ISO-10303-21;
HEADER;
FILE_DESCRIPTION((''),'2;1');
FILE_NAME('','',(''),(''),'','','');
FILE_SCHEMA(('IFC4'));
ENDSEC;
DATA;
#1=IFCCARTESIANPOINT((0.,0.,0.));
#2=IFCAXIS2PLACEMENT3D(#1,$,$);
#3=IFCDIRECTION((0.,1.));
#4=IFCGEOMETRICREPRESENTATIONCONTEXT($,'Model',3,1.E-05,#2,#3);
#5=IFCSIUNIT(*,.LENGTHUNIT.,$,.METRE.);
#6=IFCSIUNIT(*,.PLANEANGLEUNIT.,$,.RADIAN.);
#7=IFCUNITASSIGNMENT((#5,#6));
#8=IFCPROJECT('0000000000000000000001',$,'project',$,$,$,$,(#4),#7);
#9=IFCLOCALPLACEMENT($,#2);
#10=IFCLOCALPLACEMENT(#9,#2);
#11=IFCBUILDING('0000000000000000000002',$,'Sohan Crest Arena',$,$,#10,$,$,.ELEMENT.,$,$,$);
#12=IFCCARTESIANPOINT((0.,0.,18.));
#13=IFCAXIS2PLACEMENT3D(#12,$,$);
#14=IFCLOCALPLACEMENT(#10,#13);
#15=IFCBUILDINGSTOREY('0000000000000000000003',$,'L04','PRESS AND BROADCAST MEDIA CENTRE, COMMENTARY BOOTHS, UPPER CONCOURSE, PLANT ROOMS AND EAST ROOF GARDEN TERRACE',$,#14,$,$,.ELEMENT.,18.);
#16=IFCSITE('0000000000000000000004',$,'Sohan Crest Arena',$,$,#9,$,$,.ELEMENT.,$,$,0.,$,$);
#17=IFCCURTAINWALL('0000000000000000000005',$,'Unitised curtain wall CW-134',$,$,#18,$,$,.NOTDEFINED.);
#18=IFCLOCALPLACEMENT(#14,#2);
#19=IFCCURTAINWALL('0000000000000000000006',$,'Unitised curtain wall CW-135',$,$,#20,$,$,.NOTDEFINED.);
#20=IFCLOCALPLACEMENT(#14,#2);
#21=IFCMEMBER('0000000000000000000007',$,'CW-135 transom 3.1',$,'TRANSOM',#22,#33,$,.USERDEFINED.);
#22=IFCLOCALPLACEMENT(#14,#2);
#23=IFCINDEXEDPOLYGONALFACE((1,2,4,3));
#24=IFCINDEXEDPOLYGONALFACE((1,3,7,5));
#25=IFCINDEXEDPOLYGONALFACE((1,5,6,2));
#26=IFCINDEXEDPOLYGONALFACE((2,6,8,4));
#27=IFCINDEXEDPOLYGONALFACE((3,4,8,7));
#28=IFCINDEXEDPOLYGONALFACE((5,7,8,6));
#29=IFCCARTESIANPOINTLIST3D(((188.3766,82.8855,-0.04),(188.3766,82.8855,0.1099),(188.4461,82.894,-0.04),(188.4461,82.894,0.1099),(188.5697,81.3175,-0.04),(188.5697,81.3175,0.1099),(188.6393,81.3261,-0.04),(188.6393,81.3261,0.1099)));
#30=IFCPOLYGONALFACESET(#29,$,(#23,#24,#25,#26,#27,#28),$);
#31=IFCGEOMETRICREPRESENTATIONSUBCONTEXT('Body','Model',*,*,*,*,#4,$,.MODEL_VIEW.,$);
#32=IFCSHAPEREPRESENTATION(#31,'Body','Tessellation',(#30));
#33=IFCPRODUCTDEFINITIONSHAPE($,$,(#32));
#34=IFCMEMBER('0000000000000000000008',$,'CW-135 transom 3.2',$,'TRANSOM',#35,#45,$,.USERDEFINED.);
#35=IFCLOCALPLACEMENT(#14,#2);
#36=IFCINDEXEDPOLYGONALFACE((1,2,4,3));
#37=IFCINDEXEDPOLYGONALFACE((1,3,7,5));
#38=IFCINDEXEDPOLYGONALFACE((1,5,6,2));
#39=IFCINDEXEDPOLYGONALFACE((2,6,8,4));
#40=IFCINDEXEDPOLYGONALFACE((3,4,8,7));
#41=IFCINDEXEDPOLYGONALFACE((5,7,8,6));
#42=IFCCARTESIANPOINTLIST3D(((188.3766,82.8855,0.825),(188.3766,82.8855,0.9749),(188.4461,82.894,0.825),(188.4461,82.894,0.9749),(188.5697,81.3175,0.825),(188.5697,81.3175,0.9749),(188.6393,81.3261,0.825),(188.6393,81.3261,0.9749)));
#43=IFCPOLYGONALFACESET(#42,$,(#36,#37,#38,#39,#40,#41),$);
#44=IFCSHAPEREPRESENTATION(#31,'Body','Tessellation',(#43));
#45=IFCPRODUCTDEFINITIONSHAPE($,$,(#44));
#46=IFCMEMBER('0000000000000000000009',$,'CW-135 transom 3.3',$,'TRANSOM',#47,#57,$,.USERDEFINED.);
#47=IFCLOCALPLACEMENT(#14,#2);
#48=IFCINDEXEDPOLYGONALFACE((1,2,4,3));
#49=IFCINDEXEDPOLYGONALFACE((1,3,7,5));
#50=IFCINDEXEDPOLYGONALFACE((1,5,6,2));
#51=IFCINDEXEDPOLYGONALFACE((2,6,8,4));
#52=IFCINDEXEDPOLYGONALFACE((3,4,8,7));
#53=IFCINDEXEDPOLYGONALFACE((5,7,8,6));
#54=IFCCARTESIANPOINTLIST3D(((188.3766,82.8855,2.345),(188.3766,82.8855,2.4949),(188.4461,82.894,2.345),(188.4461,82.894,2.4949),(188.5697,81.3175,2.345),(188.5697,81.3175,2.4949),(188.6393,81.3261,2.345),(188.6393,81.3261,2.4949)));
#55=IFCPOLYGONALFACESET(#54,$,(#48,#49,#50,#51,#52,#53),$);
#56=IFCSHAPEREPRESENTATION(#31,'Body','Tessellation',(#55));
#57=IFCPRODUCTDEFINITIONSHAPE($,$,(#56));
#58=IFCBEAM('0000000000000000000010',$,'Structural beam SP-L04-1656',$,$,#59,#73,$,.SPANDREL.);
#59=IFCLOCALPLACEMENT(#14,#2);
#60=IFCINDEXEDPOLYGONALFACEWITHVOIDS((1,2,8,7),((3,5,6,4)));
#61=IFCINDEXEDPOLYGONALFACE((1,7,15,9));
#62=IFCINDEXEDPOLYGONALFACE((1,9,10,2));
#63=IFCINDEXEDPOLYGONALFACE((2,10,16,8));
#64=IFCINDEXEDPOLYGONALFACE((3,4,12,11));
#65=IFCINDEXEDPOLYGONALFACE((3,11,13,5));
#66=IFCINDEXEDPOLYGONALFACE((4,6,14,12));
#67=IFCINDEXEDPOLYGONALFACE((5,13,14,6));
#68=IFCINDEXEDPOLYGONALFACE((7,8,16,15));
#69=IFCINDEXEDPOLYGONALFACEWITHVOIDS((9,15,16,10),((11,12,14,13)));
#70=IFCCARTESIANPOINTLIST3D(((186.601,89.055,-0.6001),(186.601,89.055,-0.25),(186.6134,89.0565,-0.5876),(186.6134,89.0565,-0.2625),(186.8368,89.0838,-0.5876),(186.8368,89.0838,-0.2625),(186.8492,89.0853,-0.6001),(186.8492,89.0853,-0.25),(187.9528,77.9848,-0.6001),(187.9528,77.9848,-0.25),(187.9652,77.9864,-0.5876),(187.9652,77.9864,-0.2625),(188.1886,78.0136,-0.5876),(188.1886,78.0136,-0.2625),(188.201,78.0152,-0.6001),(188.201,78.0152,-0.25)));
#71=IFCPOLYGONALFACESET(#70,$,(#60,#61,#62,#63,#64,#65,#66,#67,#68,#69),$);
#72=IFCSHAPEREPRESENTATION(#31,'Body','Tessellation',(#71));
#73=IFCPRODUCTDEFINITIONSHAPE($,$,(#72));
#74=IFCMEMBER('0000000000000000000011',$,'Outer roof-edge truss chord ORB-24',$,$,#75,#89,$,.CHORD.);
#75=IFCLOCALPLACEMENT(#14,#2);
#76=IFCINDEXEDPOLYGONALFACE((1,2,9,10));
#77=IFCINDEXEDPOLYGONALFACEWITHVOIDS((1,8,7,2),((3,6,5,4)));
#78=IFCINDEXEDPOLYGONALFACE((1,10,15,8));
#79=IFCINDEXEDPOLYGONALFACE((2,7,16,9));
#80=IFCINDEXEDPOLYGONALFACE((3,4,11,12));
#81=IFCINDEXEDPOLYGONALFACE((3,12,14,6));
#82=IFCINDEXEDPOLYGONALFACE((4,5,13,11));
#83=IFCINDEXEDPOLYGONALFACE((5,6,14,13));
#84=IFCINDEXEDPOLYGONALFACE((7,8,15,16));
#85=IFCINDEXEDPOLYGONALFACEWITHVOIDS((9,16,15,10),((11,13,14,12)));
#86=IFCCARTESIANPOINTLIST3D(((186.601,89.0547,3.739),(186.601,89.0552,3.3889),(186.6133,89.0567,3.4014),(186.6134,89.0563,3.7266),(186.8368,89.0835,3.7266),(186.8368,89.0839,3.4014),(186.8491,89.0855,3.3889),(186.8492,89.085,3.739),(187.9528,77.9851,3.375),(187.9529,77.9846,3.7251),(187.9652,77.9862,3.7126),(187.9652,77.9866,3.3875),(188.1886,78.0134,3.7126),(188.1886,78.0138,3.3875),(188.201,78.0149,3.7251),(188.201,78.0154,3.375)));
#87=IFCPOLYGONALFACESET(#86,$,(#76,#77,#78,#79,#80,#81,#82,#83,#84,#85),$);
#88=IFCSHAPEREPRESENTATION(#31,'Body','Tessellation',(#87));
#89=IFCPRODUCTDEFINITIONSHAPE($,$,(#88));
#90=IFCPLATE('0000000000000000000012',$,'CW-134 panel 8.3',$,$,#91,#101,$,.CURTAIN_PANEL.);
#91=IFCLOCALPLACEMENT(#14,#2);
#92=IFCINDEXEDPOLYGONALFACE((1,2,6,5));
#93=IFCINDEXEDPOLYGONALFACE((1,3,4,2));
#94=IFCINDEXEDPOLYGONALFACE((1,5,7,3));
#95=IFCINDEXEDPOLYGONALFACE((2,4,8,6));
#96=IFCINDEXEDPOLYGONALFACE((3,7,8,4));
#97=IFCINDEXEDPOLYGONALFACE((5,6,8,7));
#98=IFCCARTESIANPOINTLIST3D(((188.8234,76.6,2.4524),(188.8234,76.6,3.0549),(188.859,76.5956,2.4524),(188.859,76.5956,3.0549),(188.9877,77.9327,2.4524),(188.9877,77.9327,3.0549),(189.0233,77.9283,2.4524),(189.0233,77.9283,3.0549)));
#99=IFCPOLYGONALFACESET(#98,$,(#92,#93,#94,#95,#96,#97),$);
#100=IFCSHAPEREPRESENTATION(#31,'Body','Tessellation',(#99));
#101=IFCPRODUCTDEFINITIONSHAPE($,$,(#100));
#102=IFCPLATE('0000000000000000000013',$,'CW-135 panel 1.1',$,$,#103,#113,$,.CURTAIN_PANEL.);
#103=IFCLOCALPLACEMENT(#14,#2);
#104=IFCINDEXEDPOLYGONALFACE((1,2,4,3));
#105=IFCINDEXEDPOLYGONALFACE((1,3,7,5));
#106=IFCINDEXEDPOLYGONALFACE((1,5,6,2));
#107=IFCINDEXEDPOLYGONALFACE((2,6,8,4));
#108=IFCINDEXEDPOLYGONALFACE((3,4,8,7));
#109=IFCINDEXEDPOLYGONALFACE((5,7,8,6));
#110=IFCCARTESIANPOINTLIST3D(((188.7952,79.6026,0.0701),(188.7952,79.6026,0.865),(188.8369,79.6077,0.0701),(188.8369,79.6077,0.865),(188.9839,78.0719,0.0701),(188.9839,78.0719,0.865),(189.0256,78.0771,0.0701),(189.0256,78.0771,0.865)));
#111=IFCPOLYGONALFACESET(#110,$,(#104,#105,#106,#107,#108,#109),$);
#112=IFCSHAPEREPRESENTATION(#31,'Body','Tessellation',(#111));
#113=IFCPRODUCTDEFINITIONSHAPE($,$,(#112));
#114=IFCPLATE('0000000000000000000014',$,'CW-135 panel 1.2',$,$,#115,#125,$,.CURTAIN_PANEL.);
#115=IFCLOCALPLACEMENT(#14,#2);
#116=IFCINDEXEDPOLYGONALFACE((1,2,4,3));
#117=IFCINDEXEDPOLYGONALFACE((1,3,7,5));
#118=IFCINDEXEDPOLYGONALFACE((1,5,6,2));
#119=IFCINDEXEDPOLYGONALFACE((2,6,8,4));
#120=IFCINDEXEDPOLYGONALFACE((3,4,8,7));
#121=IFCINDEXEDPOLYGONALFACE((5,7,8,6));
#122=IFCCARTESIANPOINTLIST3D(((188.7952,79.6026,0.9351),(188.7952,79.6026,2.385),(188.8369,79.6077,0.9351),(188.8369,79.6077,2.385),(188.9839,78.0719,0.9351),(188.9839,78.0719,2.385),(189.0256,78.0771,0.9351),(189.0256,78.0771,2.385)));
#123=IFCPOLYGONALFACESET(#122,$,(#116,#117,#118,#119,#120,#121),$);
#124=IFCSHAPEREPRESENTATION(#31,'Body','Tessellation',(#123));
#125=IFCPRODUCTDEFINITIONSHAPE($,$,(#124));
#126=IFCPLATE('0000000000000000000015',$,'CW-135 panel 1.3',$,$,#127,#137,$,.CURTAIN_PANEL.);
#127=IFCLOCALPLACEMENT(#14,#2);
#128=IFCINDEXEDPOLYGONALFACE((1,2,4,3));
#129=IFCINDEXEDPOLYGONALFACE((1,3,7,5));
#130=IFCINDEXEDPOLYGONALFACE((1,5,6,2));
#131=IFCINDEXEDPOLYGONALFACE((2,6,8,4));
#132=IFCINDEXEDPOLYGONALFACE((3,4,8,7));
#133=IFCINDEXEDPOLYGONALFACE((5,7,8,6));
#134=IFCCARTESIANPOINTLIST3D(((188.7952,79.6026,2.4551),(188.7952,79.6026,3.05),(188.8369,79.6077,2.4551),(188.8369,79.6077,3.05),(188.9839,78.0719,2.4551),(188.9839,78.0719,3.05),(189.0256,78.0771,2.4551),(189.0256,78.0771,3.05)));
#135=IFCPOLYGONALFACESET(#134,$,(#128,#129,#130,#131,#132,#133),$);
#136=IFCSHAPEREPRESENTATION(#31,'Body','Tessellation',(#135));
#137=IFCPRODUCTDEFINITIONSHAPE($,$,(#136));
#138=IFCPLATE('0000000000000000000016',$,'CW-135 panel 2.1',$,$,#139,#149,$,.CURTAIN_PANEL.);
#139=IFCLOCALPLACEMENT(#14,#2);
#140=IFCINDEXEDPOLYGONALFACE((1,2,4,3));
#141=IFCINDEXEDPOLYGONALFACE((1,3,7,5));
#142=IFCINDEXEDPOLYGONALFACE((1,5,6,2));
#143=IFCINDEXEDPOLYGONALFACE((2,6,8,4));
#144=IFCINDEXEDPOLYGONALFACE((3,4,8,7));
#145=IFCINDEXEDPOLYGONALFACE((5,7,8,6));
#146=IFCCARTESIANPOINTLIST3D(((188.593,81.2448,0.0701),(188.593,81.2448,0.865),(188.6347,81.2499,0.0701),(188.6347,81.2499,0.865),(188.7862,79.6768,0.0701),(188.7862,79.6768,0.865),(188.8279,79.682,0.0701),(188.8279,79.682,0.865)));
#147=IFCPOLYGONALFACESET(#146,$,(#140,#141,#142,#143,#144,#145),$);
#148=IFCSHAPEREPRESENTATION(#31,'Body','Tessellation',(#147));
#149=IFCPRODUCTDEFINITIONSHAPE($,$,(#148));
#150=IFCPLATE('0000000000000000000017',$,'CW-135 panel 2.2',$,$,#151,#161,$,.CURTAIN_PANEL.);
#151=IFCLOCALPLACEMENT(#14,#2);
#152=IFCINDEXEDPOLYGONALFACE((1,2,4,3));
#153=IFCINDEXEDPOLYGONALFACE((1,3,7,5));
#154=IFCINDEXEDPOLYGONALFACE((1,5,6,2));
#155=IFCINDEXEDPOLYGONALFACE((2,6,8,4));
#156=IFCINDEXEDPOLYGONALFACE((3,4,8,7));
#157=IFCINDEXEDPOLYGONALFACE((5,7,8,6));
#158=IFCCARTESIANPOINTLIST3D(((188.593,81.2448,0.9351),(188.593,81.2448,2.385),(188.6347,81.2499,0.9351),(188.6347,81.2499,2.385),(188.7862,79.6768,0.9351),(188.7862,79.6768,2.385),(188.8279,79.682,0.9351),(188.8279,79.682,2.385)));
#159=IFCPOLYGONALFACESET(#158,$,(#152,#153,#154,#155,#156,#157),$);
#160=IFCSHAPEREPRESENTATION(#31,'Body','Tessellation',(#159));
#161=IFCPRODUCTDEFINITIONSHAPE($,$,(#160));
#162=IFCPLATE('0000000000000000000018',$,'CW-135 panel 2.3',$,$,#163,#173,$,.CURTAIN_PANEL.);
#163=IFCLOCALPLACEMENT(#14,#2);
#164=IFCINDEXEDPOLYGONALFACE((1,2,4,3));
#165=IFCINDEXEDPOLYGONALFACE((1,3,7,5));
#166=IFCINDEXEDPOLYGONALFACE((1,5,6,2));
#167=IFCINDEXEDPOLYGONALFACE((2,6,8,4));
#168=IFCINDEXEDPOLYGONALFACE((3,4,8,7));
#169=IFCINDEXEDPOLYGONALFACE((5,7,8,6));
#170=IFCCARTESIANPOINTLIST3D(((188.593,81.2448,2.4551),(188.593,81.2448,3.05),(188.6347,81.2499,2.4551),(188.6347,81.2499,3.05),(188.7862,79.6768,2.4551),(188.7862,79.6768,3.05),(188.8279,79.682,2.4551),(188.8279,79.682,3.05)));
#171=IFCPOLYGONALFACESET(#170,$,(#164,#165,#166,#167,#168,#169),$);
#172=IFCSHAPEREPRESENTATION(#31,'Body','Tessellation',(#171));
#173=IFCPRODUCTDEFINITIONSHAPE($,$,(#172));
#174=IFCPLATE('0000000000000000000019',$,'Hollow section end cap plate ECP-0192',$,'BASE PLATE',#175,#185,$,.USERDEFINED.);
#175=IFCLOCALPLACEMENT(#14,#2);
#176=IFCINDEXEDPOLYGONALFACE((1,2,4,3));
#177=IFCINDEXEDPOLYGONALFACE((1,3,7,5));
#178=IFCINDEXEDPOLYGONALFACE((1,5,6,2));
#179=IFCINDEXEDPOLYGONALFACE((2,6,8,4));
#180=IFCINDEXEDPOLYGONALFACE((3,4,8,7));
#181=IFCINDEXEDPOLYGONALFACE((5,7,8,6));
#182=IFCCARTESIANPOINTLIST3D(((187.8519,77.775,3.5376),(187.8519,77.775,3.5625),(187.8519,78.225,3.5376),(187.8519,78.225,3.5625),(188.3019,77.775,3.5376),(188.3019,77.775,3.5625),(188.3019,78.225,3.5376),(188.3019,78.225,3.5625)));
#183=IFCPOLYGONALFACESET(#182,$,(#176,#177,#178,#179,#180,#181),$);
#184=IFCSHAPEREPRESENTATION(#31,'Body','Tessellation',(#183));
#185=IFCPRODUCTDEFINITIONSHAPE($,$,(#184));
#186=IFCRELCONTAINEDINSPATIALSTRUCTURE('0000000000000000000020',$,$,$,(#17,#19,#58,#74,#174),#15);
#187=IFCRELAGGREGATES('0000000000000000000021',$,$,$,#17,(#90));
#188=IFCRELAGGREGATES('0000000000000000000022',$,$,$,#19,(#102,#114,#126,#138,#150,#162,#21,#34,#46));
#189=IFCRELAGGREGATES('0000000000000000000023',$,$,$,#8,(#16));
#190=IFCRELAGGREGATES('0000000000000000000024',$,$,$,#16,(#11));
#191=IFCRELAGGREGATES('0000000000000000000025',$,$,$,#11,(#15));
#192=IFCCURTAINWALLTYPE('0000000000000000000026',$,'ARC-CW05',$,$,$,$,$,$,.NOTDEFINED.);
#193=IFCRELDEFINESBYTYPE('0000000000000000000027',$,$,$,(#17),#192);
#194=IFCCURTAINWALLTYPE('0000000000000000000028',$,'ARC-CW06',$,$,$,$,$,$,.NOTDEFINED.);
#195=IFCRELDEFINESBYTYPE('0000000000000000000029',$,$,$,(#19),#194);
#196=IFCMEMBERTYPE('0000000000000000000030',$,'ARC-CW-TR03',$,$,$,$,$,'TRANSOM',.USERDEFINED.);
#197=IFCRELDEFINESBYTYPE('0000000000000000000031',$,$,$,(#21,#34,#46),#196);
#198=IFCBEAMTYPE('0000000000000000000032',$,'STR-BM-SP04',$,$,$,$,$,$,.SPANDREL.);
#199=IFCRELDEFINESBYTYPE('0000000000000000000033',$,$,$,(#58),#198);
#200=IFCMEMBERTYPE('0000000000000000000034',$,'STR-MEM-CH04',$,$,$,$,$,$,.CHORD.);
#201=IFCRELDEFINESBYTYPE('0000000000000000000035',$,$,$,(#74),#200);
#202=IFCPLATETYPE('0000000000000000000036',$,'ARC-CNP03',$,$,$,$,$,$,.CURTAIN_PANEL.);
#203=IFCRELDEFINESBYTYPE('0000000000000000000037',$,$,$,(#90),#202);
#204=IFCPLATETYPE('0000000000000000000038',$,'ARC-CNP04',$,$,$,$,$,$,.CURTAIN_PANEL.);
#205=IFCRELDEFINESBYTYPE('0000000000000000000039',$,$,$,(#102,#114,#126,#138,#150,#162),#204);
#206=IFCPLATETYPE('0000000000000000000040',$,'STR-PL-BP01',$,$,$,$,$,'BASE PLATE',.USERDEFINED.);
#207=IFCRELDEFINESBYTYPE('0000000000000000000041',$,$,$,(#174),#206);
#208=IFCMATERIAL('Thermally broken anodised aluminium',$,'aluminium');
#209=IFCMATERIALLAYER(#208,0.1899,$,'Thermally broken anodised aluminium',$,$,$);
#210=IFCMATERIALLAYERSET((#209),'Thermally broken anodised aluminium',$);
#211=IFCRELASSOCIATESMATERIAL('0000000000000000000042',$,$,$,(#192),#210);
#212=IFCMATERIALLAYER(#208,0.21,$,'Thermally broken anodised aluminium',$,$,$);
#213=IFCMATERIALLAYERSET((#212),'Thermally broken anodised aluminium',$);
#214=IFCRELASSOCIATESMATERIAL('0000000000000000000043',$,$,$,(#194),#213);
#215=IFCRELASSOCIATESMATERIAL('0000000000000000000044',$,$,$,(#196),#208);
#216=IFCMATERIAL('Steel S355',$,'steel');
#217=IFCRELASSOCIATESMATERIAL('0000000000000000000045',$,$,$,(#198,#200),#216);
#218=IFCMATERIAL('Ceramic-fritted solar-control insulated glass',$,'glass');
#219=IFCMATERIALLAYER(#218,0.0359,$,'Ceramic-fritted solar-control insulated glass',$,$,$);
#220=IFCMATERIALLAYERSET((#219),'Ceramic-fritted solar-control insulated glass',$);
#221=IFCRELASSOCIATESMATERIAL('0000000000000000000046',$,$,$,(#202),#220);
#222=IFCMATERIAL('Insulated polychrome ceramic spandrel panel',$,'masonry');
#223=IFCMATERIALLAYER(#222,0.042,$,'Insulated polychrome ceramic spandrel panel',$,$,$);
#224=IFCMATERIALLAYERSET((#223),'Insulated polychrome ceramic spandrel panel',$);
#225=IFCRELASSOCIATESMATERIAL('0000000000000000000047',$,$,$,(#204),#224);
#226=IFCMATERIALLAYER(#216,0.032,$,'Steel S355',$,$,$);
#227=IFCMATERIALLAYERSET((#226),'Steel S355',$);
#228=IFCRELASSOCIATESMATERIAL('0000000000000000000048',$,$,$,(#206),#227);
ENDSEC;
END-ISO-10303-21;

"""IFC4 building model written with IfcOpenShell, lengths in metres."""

from ifc_helpers import new_model, si_unit, direction, frame, origin, origin_2d, place, context, subcontext, project, spatial, rectangle, hollow_rectangle, extrude, material, layer, layer_set, material_profile, profile_set, type_object, element, aggregate, save


model = new_model("IFC4")

# Units and contexts
model_context = context("Model", 3, precision=1e-05, world=origin(), true_north=direction((0.0, 1.0)))
body_context = subcontext(model_context, "Body", "Model", "MODEL_VIEW")
ifc_project = project(units=[si_unit("LENGTHUNIT", "METRE"), si_unit("PLANEANGLEUNIT", "RADIAN")], contexts=[model_context])

# Site, building, storey
site_placement = place(None, origin())
site = spatial("IfcSite", under=ifc_project, at=site_placement, Name="Sohan Crest Arena", CompositionType="ELEMENT", RefElevation=0.0)
building_placement = place(site_placement, origin())
building = spatial("IfcBuilding", under=site, at=building_placement, Name="Sohan Crest Arena", CompositionType="ELEMENT")
storey_placement = place(building_placement, frame((0.0, 0.0, 18.0)))
storey = spatial("IfcBuildingStorey", under=building, at=storey_placement, Name="L04", Description="PRESS AND BROADCAST MEDIA CENTRE, COMMENTARY BOOTHS, UPPER CONCOURSE, PLANT ROOMS AND EAST ROOF GARDEN TERRACE", CompositionType="ELEMENT", Elevation=18.0)

# Shared definitions
ifc_material_1 = material(Name="Steel S355", Category="steel")

# Curtain wall
ifc_material_2 = material(Name="Thermally broken anodised aluminium", Category="aluminium")
ifc_layer_1 = layer(ifc_material_2, 0.1899, Name="Thermally broken anodised aluminium")
ifc_layer_set_1 = layer_set([ifc_layer_1], Name="Thermally broken anodised aluminium")
curtain_wall_type_1 = type_object("IfcCurtainWallType", Name="ARC-CW05", PredefinedType="NOTDEFINED", material=ifc_layer_set_1)
curtain_wall_1_placement = place(storey_placement, origin())
curtain_wall_1 = element("IfcCurtainWall", 1, at=curtain_wall_1_placement, inside=storey, type_object=curtain_wall_type_1, Name="Unitised curtain wall CW-134", PredefinedType="NOTDEFINED")

# Curtain wall, members
ifc_layer_2 = layer(ifc_material_2, 0.21, Name="Thermally broken anodised aluminium")
ifc_layer_set_2 = layer_set([ifc_layer_2], Name="Thermally broken anodised aluminium")
curtain_wall_type_2 = type_object("IfcCurtainWallType", Name="ARC-CW06", PredefinedType="NOTDEFINED", material=ifc_layer_set_2)
curtain_wall_2_placement = place(storey_placement, origin())
curtain_wall_2 = element("IfcCurtainWall", 2, at=curtain_wall_2_placement, inside=storey, type_object=curtain_wall_type_2, Name="Unitised curtain wall CW-135", PredefinedType="NOTDEFINED")
ifc_material_profile_1 = material_profile(ifc_material_2, rectangle(XDim=0.0701, YDim=0.1499, at=origin_2d()), Name="ALU-TRAN 70x150")
ifc_profile_set_1 = profile_set([ifc_material_profile_1], Name="Thermally broken anodised aluminium")
member_type_1 = type_object("IfcMemberType", Name="ARC-CW-TR03", ElementType="TRANSOM", PredefinedType="USERDEFINED", material=ifc_profile_set_1)
member_1_placement = place(storey_placement, frame((188.6045, 81.3218, 0.0349), z_axis=(-0.122247, 0.9925, 0.0), x_axis=(-0.9925, -0.122247, 0.0)))
member_1 = element("IfcMember", 3, at=member_1_placement, type_object=member_type_1, Name="CW-135 transom 3.1", ObjectType="TRANSOM", PredefinedType="USERDEFINED", context=body_context, shape_type="SweptSolid", body=[
    extrude(rectangle(XDim=0.0701, YDim=0.1499, at=origin_2d()), origin(), (0.0, 0.0, 1.0), 1.5798),
])
member_2_placement = place(storey_placement, frame((188.6045, 81.3218, 0.8999), z_axis=(-0.122247, 0.9925, 0.0), x_axis=(-0.9925, -0.122247, 0.0)))
member_2 = element("IfcMember", 4, at=member_2_placement, type_object=member_type_1, Name="CW-135 transom 3.2", ObjectType="TRANSOM", PredefinedType="USERDEFINED", context=body_context, shape_type="SweptSolid", body=[
    extrude(rectangle(XDim=0.0701, YDim=0.1499, at=origin_2d()), origin(), (0.0, 0.0, 1.0), 1.5798),
])
member_3_placement = place(storey_placement, frame((188.6045, 81.3218, 2.4199), z_axis=(-0.122247, 0.9925, 0.0), x_axis=(-0.9925, -0.122247, 0.0)))
member_3 = element("IfcMember", 5, at=member_3_placement, type_object=member_type_1, Name="CW-135 transom 3.3", ObjectType="TRANSOM", PredefinedType="USERDEFINED", context=body_context, shape_type="SweptSolid", body=[
    extrude(rectangle(XDim=0.0701, YDim=0.1499, at=origin_2d()), origin(), (0.0, 0.0, 1.0), 1.5798),
])

# Beam
ifc_material_profile_2 = material_profile(ifc_material_1, hollow_rectangle(XDim=0.25, YDim=0.3501, WallThickness=0.0125, at=origin_2d()), Name="RHS 350x250x12.5")
ifc_profile_set_2 = profile_set([ifc_material_profile_2], Name="Steel S355")
beam_type = type_object("IfcBeamType", Name="STR-BM-SP04", PredefinedType="SPANDREL", material=ifc_profile_set_2)
beam_placement = place(storey_placement, frame((188.0769, 78.0, -0.425), z_axis=(-0.121213, 0.992626, 0.0), x_axis=(-0.992626, -0.121213, 0.0)))
element("IfcBeam", 6, at=beam_placement, inside=storey, type_object=beam_type, Name="Structural beam SP-L04-1656", PredefinedType="SPANDREL", context=body_context, shape_type="SweptSolid", body=[
    extrude(hollow_rectangle(XDim=0.25, YDim=0.3501, WallThickness=0.0125, at=origin_2d()), origin(), (0.0, 0.0, 1.0), 11.1523),
])

# Member
ifc_material_profile_3 = material_profile(ifc_material_1, hollow_rectangle(XDim=0.25, YDim=0.3501, WallThickness=0.0125, at=origin_2d()), Name="RHS 350x250x12.5")
ifc_profile_set_3 = profile_set([ifc_material_profile_3], Name="Steel S355")
member_type_2 = type_object("IfcMemberType", Name="STR-MEM-CH04", PredefinedType="CHORD", material=ifc_profile_set_3)
member_4_placement = place(storey_placement, frame((188.0769, 78.0, 3.55), z_axis=(-0.121213, 0.992626, 0.001248), x_axis=(-0.992626, -0.121213, 0.0)))
element("IfcMember", 7, at=member_4_placement, inside=storey, type_object=member_type_2, Name="Outer roof-edge truss chord ORB-24", PredefinedType="CHORD", context=body_context, shape_type="SweptSolid", body=[
    extrude(hollow_rectangle(XDim=0.25, YDim=0.3501, WallThickness=0.0125, at=origin_2d()), origin(), (0.0, 0.0, 1.0), 11.1523),
])

# Plates
ifc_material_3 = material(Name="Ceramic-fritted solar-control insulated glass", Category="glass")
ifc_layer_3 = layer(ifc_material_3, 0.0359, Name="Ceramic-fritted solar-control insulated glass")
ifc_layer_set_3 = layer_set([ifc_layer_3], Name="Ceramic-fritted solar-control insulated glass")
plate_type_1 = type_object("IfcPlateType", Name="ARC-CNP03", PredefinedType="CURTAIN_PANEL", material=ifc_layer_set_3)
plate_1_placement = place(storey_placement, frame((188.9233, 77.2642, 2.4524), z_axis=(0.0, 0.0, 1.0), x_axis=(0.122334, 0.992489, 0.0)))
plate_1 = element("IfcPlate", 8, at=plate_1_placement, type_object=plate_type_1, Name="CW-134 panel 8.3", PredefinedType="CURTAIN_PANEL", context=body_context, shape_type="SweptSolid", body=[
    extrude(rectangle(XDim=1.3428, YDim=0.0359, at=origin_2d()), origin(), (0.0, 0.0, 1.0), 0.6025),
])
aggregate(curtain_wall_1, [plate_1])
ifc_material_4 = material(Name="Insulated polychrome ceramic spandrel panel", Category="masonry")
ifc_layer_4 = layer(ifc_material_4, 0.042, Name="Insulated polychrome ceramic spandrel panel")
ifc_layer_set_4 = layer_set([ifc_layer_4], Name="Insulated polychrome ceramic spandrel panel")
plate_type_2 = type_object("IfcPlateType", Name="ARC-CNP04", PredefinedType="CURTAIN_PANEL", material=ifc_layer_set_4)
plate_2_placement = place(storey_placement, frame((188.9104, 78.8398, 0.0701), z_axis=(0.0, 0.0, 1.0), x_axis=(-0.122334, 0.992489, 0.0)))
plate_2 = element("IfcPlate", 9, at=plate_2_placement, type_object=plate_type_2, Name="CW-135 panel 1.1", PredefinedType="CURTAIN_PANEL", context=body_context, shape_type="SweptSolid", body=[
    extrude(rectangle(XDim=1.5422, YDim=0.042, at=origin_2d()), origin(), (0.0, 0.0, 1.0), 0.7949),
])
plate_3_placement = place(storey_placement, frame((188.9104, 78.8398, 0.9351), z_axis=(0.0, 0.0, 1.0), x_axis=(-0.122334, 0.992489, 0.0)))
plate_3 = element("IfcPlate", 10, at=plate_3_placement, type_object=plate_type_2, Name="CW-135 panel 1.2", PredefinedType="CURTAIN_PANEL", context=body_context, shape_type="SweptSolid", body=[
    extrude(rectangle(XDim=1.5422, YDim=0.042, at=origin_2d()), origin(), (0.0, 0.0, 1.0), 1.45),
])
plate_4_placement = place(storey_placement, frame((188.9104, 78.8398, 2.4551), z_axis=(0.0, 0.0, 1.0), x_axis=(-0.122334, 0.992489, 0.0)))
plate_4 = element("IfcPlate", 11, at=plate_4_placement, type_object=plate_type_2, Name="CW-135 panel 1.3", PredefinedType="CURTAIN_PANEL", context=body_context, shape_type="SweptSolid", body=[
    extrude(rectangle(XDim=1.5422, YDim=0.042, at=origin_2d()), origin(), (0.0, 0.0, 1.0), 0.595),
])
plate_5_placement = place(storey_placement, frame((188.7104, 80.4634, 0.0701), z_axis=(0.0, 0.0, 1.0), x_axis=(-0.122334, 0.992489, 0.0)))
plate_5 = element("IfcPlate", 12, at=plate_5_placement, type_object=plate_type_2, Name="CW-135 panel 2.1", PredefinedType="CURTAIN_PANEL", context=body_context, shape_type="SweptSolid", body=[
    extrude(rectangle(XDim=1.5798, YDim=0.042, at=origin_2d()), origin(), (0.0, 0.0, 1.0), 0.7949),
])
plate_6_placement = place(storey_placement, frame((188.7104, 80.4634, 0.9351), z_axis=(0.0, 0.0, 1.0), x_axis=(-0.122334, 0.992489, 0.0)))
plate_6 = element("IfcPlate", 13, at=plate_6_placement, type_object=plate_type_2, Name="CW-135 panel 2.2", PredefinedType="CURTAIN_PANEL", context=body_context, shape_type="SweptSolid", body=[
    extrude(rectangle(XDim=1.5798, YDim=0.042, at=origin_2d()), origin(), (0.0, 0.0, 1.0), 1.45),
])
plate_7_placement = place(storey_placement, frame((188.7104, 80.4634, 2.4551), z_axis=(0.0, 0.0, 1.0), x_axis=(-0.122334, 0.992489, 0.0)))
plate_7 = element("IfcPlate", 14, at=plate_7_placement, type_object=plate_type_2, Name="CW-135 panel 2.3", PredefinedType="CURTAIN_PANEL", context=body_context, shape_type="SweptSolid", body=[
    extrude(rectangle(XDim=1.5798, YDim=0.042, at=origin_2d()), origin(), (0.0, 0.0, 1.0), 0.595),
])
aggregate(curtain_wall_2, [plate_2, plate_3, plate_4, plate_5, plate_6, plate_7, member_1, member_2, member_3])
ifc_layer_5 = layer(ifc_material_1, 0.032, Name="Steel S355")
ifc_layer_set_5 = layer_set([ifc_layer_5], Name="Steel S355")
plate_type_3 = type_object("IfcPlateType", Name="STR-PL-BP01", ElementType="BASE PLATE", PredefinedType="USERDEFINED", material=ifc_layer_set_5)
plate_8_placement = place(storey_placement, frame((188.0769, 78.0, 3.5376), z_axis=(0.0, 0.0, 1.0), x_axis=(1.0, 0.0, 0.0)))
element("IfcPlate", 15, at=plate_8_placement, inside=storey, type_object=plate_type_3, Name="Hollow section end cap plate ECP-0192", ObjectType="BASE PLATE", PredefinedType="USERDEFINED", context=body_context, shape_type="SweptSolid", body=[
    extrude(rectangle(XDim=0.45, YDim=0.45, at=origin_2d()), origin(), (0.0, 0.0, 1.0), 0.0249),
])

save(model, "model.ifc")
